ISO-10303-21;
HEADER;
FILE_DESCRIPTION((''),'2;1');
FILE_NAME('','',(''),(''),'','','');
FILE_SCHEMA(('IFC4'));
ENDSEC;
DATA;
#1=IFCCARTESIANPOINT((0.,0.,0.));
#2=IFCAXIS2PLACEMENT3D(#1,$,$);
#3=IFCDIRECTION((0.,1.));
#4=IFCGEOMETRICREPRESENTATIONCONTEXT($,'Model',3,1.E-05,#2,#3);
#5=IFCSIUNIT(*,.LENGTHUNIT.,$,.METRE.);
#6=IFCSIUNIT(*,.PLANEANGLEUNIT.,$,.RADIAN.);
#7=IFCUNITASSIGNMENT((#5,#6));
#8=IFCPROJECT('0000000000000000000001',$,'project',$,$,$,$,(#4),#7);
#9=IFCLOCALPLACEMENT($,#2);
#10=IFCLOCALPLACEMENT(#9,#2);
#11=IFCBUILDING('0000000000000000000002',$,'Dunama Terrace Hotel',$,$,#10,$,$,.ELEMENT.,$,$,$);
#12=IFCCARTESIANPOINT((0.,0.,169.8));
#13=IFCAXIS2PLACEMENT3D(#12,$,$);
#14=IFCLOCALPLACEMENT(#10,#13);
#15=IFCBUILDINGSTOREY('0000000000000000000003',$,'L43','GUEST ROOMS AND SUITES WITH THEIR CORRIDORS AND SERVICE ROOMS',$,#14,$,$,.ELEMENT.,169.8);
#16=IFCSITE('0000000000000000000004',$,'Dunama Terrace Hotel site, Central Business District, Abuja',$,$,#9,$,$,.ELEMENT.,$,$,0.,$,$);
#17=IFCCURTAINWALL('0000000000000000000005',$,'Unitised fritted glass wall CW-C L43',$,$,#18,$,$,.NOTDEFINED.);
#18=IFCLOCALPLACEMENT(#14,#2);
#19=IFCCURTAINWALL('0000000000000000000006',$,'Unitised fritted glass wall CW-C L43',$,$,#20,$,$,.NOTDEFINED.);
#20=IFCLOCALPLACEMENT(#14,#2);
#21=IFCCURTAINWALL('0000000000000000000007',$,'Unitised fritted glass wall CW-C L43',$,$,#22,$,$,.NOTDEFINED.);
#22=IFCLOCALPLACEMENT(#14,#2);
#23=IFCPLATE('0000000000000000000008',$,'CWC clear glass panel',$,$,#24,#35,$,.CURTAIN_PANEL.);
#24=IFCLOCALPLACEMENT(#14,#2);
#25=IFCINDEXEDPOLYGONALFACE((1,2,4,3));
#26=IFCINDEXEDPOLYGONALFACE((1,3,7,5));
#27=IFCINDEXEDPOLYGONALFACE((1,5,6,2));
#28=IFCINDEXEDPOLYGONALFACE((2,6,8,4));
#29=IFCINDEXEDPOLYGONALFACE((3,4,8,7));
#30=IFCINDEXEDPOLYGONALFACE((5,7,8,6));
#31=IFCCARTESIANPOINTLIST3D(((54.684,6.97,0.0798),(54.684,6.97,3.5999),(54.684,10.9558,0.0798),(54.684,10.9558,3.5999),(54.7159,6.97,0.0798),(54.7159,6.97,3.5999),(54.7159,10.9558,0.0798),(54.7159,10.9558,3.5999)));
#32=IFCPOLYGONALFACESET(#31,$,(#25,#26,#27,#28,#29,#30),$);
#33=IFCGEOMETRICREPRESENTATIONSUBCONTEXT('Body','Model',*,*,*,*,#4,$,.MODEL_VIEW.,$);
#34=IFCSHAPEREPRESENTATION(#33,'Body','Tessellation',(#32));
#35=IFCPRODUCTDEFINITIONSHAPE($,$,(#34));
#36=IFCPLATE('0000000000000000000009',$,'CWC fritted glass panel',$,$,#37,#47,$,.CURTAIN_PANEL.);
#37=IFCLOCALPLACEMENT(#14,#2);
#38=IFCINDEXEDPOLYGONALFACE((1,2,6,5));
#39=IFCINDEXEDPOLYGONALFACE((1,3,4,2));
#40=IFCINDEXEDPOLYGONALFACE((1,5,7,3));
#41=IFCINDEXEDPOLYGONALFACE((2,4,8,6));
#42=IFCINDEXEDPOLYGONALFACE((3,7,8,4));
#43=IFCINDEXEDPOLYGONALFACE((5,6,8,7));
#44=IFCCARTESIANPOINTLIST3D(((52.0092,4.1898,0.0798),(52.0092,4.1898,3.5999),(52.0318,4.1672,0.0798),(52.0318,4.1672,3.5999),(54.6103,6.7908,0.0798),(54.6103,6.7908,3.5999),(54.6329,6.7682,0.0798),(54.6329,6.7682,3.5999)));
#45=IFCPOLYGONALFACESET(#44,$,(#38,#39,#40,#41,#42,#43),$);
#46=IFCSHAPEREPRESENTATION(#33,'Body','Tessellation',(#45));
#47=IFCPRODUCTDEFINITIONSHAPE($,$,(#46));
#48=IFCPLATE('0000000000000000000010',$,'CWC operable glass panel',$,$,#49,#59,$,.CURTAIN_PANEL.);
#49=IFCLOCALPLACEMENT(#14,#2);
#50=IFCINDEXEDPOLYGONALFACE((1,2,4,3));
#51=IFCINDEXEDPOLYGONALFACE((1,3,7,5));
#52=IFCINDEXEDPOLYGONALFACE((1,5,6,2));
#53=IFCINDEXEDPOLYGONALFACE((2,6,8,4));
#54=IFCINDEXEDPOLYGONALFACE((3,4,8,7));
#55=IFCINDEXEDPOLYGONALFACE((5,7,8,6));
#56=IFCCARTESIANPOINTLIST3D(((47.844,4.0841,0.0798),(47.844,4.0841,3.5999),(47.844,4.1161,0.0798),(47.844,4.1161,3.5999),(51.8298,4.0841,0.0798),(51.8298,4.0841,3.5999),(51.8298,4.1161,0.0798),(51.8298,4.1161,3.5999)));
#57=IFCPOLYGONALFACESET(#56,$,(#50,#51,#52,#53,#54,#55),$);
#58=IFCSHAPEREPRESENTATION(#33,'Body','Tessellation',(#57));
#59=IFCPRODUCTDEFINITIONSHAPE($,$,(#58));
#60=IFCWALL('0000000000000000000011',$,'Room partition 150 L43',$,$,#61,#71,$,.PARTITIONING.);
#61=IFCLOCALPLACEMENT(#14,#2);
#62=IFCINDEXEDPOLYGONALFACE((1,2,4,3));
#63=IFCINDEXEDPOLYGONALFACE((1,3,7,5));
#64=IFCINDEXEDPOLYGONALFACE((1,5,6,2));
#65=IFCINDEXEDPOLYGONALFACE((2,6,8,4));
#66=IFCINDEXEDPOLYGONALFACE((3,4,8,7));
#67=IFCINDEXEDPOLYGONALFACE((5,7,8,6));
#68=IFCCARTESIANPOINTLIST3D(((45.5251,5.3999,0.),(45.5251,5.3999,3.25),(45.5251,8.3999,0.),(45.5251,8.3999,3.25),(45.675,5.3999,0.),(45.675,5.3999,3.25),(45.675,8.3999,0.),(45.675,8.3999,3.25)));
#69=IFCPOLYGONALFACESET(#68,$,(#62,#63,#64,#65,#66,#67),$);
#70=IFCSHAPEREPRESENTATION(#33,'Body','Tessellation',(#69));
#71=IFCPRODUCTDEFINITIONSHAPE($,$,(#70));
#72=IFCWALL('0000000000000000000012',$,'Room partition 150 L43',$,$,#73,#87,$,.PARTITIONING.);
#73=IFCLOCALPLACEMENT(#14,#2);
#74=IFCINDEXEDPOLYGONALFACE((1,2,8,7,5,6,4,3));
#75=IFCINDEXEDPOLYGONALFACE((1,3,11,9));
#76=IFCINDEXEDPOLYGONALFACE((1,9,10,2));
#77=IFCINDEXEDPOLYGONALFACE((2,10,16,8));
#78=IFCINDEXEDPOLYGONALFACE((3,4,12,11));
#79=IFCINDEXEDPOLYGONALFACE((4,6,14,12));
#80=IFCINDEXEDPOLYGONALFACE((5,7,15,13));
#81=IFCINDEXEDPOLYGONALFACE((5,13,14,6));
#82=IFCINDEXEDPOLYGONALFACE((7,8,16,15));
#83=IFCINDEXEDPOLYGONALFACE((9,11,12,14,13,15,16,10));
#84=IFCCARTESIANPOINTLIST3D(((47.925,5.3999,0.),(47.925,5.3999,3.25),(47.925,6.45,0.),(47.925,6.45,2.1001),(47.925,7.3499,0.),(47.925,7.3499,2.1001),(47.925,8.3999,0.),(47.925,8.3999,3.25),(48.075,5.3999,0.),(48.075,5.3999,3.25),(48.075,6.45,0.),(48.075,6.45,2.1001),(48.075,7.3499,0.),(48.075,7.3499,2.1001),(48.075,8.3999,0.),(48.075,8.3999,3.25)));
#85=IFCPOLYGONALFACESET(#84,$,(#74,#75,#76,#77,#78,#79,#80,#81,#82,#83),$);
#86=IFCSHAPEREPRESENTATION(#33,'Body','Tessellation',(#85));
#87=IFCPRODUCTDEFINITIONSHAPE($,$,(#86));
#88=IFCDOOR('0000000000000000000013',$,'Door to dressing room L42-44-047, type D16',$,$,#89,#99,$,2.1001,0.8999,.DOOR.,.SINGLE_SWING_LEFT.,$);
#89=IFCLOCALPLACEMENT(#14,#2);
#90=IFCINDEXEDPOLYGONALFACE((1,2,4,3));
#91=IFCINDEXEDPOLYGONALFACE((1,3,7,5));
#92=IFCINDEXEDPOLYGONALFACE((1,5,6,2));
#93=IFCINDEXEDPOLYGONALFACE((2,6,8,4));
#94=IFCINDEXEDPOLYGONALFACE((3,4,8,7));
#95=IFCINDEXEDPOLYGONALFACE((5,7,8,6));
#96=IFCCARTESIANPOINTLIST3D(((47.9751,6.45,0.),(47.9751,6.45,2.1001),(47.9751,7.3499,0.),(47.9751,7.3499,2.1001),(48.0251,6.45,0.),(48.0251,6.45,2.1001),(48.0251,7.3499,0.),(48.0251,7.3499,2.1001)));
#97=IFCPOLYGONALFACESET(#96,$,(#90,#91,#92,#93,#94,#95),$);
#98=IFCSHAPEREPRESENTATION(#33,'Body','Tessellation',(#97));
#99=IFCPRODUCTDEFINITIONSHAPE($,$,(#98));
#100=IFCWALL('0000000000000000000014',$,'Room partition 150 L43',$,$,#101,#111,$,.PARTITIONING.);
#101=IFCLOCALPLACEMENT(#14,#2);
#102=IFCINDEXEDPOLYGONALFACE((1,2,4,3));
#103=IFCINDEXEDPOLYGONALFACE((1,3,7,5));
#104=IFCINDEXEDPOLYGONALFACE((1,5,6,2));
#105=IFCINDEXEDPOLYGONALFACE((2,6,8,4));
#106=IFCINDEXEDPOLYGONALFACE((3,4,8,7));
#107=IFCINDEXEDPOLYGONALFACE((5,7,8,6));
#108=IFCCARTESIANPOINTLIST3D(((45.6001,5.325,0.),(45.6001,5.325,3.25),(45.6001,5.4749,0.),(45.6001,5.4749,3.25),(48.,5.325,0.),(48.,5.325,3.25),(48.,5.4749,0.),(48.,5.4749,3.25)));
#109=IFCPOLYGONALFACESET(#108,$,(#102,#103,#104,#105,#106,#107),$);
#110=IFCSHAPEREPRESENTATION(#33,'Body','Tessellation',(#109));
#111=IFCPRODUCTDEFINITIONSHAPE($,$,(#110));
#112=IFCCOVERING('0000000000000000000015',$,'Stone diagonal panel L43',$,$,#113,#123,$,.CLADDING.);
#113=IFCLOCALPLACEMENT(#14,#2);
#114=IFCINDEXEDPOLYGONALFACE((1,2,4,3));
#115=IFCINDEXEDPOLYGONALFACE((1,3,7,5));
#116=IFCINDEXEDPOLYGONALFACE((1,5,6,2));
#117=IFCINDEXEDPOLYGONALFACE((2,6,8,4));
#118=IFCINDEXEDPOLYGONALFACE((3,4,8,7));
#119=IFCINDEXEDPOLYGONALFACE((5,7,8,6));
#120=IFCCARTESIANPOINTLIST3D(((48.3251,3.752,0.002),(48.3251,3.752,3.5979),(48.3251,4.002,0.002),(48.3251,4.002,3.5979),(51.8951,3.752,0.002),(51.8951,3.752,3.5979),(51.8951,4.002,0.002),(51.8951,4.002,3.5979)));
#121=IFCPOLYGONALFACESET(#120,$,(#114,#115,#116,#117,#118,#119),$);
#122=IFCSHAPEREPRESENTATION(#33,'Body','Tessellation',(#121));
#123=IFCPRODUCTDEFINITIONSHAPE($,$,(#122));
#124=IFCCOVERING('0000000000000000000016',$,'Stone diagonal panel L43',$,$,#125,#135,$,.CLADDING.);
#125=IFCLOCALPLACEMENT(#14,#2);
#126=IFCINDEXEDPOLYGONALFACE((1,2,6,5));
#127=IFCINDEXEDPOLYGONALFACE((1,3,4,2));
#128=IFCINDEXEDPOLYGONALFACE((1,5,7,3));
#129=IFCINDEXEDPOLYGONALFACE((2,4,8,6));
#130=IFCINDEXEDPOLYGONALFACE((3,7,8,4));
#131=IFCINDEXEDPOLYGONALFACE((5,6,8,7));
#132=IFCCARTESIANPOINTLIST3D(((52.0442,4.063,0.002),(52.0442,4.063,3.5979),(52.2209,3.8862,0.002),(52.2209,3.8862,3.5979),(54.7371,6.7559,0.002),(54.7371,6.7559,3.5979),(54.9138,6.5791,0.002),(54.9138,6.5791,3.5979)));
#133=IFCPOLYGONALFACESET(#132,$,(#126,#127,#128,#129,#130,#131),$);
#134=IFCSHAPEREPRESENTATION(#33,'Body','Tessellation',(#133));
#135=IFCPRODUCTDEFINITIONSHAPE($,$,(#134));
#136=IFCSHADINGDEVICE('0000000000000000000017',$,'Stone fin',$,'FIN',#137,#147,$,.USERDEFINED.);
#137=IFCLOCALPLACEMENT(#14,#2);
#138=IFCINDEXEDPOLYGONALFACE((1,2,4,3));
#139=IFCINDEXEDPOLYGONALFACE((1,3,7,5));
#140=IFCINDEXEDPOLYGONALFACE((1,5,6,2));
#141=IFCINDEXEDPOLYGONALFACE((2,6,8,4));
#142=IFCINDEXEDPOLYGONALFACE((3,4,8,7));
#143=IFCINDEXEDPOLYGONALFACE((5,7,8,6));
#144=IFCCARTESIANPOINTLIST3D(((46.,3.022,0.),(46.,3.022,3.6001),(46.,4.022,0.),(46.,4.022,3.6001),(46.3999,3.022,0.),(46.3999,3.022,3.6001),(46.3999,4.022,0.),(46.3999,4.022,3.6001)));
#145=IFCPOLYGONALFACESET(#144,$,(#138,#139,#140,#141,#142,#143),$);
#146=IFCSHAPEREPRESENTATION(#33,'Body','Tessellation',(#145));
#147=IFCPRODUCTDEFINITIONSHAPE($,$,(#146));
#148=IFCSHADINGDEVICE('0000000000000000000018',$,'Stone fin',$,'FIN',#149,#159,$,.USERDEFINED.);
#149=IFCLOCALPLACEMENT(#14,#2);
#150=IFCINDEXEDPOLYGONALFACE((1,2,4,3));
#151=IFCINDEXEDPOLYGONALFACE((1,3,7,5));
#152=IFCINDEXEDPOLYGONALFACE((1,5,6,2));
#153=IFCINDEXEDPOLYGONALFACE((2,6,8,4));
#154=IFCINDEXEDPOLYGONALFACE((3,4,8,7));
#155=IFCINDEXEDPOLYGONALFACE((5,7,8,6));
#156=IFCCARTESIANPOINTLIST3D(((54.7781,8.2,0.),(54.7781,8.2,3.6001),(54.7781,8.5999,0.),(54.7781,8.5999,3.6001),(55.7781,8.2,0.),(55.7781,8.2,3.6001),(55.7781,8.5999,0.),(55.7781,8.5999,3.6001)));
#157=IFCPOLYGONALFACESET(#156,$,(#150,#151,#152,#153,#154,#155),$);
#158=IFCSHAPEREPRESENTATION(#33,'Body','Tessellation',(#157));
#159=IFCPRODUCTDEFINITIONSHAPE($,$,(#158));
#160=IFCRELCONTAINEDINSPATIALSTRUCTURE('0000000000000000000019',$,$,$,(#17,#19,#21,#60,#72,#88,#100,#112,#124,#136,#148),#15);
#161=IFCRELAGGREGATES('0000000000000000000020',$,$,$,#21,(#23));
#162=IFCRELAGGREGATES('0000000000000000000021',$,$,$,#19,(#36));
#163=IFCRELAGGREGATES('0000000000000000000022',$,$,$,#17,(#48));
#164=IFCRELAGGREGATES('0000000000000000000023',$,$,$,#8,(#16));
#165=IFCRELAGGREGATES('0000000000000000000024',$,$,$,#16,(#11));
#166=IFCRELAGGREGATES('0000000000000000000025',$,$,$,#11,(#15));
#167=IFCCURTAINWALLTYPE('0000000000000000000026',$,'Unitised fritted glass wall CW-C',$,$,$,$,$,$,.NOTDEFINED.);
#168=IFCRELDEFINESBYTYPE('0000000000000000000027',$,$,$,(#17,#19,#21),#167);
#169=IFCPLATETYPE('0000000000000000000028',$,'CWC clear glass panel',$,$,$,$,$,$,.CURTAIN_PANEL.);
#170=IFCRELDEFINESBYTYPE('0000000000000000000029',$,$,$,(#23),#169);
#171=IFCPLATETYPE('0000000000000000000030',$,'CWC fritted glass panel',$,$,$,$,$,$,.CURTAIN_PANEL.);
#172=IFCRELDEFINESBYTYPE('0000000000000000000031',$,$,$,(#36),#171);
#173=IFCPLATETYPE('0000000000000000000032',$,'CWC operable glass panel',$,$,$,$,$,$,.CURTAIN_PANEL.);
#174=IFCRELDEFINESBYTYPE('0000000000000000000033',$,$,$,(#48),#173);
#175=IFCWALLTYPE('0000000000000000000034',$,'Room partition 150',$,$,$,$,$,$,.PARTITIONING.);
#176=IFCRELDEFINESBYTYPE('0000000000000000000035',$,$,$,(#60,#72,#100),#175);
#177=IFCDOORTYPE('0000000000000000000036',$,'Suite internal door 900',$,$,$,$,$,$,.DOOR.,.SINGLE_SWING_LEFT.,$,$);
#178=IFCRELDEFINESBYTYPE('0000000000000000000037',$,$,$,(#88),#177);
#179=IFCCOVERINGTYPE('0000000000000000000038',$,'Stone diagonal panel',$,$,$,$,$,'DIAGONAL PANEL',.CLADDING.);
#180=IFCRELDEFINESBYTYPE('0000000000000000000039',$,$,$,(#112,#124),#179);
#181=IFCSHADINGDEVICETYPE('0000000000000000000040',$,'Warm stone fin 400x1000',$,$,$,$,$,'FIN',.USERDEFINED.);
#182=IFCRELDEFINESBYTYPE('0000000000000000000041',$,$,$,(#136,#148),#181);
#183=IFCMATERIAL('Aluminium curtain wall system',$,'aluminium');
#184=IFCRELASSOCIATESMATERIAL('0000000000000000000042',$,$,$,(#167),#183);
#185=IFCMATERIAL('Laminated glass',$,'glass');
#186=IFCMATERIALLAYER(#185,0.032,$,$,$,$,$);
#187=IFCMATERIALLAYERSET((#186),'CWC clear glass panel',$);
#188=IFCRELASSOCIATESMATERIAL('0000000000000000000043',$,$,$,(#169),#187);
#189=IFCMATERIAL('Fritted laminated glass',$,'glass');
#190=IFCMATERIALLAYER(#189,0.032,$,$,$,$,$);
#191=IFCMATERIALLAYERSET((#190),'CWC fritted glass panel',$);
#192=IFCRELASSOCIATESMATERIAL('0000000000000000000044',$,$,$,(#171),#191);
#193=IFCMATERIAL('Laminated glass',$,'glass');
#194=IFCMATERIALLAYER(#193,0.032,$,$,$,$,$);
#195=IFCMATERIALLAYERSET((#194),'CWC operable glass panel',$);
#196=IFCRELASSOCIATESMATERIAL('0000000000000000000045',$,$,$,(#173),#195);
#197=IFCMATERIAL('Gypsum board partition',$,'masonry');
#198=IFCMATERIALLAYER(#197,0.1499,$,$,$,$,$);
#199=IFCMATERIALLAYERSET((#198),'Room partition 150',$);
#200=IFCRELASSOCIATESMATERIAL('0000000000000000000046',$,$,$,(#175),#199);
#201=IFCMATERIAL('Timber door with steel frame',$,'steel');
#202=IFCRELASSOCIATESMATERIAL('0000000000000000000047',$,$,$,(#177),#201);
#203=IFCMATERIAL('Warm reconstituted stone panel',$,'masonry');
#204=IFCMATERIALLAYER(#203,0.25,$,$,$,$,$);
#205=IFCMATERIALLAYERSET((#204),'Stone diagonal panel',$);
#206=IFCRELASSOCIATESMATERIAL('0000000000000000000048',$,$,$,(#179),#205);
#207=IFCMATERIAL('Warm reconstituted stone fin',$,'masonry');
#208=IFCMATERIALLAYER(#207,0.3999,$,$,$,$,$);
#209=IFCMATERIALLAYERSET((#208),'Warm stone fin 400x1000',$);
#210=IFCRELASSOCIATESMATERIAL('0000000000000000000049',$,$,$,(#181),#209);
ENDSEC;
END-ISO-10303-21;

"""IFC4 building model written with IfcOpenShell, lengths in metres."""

from ifc_helpers import new_model, si_unit, direction, frame, frame_2d, origin, origin_2d, place, context, subcontext, project, spatial, rectangle, extrude, material, layer, layer_set, type_object, element, fill, aggregate, save


model = new_model("IFC4")

# Units and contexts
model_context = context("Model", 3, precision=1e-05, world=origin(), true_north=direction((0.0, 1.0)))
body_context = subcontext(model_context, "Body", "Model", "MODEL_VIEW")
ifc_project = project(units=[si_unit("LENGTHUNIT", "METRE"), si_unit("PLANEANGLEUNIT", "RADIAN")], contexts=[model_context])

# Site, building, storey
site_placement = place(None, origin())
site = spatial("IfcSite", under=ifc_project, at=site_placement, Name="Dunama Terrace Hotel site, Central Business District, Abuja", CompositionType="ELEMENT", RefElevation=0.0)
building_placement = place(site_placement, origin())
building = spatial("IfcBuilding", under=site, at=building_placement, Name="Dunama Terrace Hotel", CompositionType="ELEMENT")
storey_placement = place(building_placement, frame((0.0, 0.0, 169.8)))
storey = spatial("IfcBuildingStorey", under=building, at=storey_placement, Name="L43", Description="GUEST ROOMS AND SUITES WITH THEIR CORRIDORS AND SERVICE ROOMS", CompositionType="ELEMENT", Elevation=169.8)

# Curtain walls
ifc_material_1 = material(Name="Aluminium curtain wall system", Category="aluminium")
curtain_wall_type = type_object("IfcCurtainWallType", Name="Unitised fritted glass wall CW-C", PredefinedType="NOTDEFINED", material=ifc_material_1)
curtain_wall_1_placement = place(storey_placement, origin())
curtain_wall_1 = element("IfcCurtainWall", 1, at=curtain_wall_1_placement, inside=storey, type_object=curtain_wall_type, Name="Unitised fritted glass wall CW-C L43", PredefinedType="NOTDEFINED")
curtain_wall_2_placement = place(storey_placement, origin())
curtain_wall_2 = element("IfcCurtainWall", 2, at=curtain_wall_2_placement, inside=storey, type_object=curtain_wall_type, Name="Unitised fritted glass wall CW-C L43", PredefinedType="NOTDEFINED")

# Curtain wall
curtain_wall_3_placement = place(storey_placement, origin())
curtain_wall_3 = element("IfcCurtainWall", 3, at=curtain_wall_3_placement, inside=storey, type_object=curtain_wall_type, Name="Unitised fritted glass wall CW-C L43", PredefinedType="NOTDEFINED")

# Plates
ifc_material_2 = material(Name="Laminated glass", Category="glass")
ifc_layer_1 = layer(ifc_material_2, 0.032)
ifc_layer_set_1 = layer_set([ifc_layer_1], Name="CWC clear glass panel")
plate_type_1 = type_object("IfcPlateType", Name="CWC clear glass panel", PredefinedType="CURTAIN_PANEL", material=ifc_layer_set_1)
plate_1_placement = place(storey_placement, frame((54.7, 8.9629, 0.0798), z_axis=(0.0, 0.0, 1.0), x_axis=(0.0, 1.0, 0.0)))
plate_1 = element("IfcPlate", 4, at=plate_1_placement, type_object=plate_type_1, Name="CWC clear glass panel", PredefinedType="CURTAIN_PANEL", context=body_context, shape_type="SweptSolid", body=[
    extrude(rectangle(XDim=3.9858, YDim=0.032, at=origin_2d()), origin(), (0.0, 0.0, 1.0), 3.52),
])
aggregate(curtain_wall_3, [plate_1])
ifc_material_3 = material(Name="Fritted laminated glass", Category="glass")
ifc_layer_2 = layer(ifc_material_3, 0.032)
ifc_layer_set_2 = layer_set([ifc_layer_2], Name="CWC fritted glass panel")
plate_type_2 = type_object("IfcPlateType", Name="CWC fritted glass panel", PredefinedType="CURTAIN_PANEL", material=ifc_layer_set_2)
plate_2_placement = place(storey_placement, frame((53.321, 5.479, 0.0798), z_axis=(0.0, 0.0, 1.0), x_axis=(0.707107, 0.707107, 0.0)))
plate_2 = element("IfcPlate", 5, at=plate_2_placement, type_object=plate_type_2, Name="CWC fritted glass panel", PredefinedType="CURTAIN_PANEL", context=body_context, shape_type="SweptSolid", body=[
    extrude(rectangle(XDim=3.6785, YDim=0.032, at=origin_2d()), origin(), (0.0, 0.0, 1.0), 3.52),
])
aggregate(curtain_wall_2, [plate_2])
ifc_material_4 = material(Name="Laminated glass", Category="glass")
ifc_layer_3 = layer(ifc_material_4, 0.032)
ifc_layer_set_3 = layer_set([ifc_layer_3], Name="CWC operable glass panel")
plate_type_3 = type_object("IfcPlateType", Name="CWC operable glass panel", PredefinedType="CURTAIN_PANEL", material=ifc_layer_set_3)
plate_3_placement = place(storey_placement, frame((49.8369, 4.1001, 0.0798), z_axis=(0.0, 0.0, 1.0), x_axis=(1.0, 0.0, 0.0)))
plate_3 = element("IfcPlate", 6, at=plate_3_placement, type_object=plate_type_3, Name="CWC operable glass panel", PredefinedType="CURTAIN_PANEL", context=body_context, shape_type="SweptSolid", body=[
    extrude(rectangle(XDim=3.9858, YDim=0.032, at=origin_2d()), origin(), (0.0, 0.0, 1.0), 3.52),
])
aggregate(curtain_wall_1, [plate_3])

# Wall
ifc_material_5 = material(Name="Gypsum board partition", Category="masonry")
ifc_layer_4 = layer(ifc_material_5, 0.1499)
ifc_layer_set_4 = layer_set([ifc_layer_4], Name="Room partition 150")
wall_type = type_object("IfcWallType", Name="Room partition 150", PredefinedType="PARTITIONING", material=ifc_layer_set_4)
wall_1_placement = place(storey_placement, frame((45.6001, 5.3999, 0.0), z_axis=(0.0, 0.0, 1.0), x_axis=(0.0, 1.0, 0.0)))
element("IfcWall", 7, at=wall_1_placement, inside=storey, type_object=wall_type, Name="Room partition 150 L43", PredefinedType="PARTITIONING", context=body_context, shape_type="SweptSolid", body=[
    extrude(rectangle(XDim=3.0, YDim=0.1499, at=frame_2d((1.5, 0.0))), origin(), (0.0, 0.0, 1.0), 3.25),
])

# Wall, opening, door
wall_2_placement = place(storey_placement, frame((48.0, 5.3999, 0.0), z_axis=(0.0, 0.0, 1.0), x_axis=(0.0, 1.0, 0.0)))
wall_2 = element("IfcWall", 8, at=wall_2_placement, inside=storey, type_object=wall_type, Name="Room partition 150 L43", PredefinedType="PARTITIONING", context=body_context, shape_type="SweptSolid", body=[
    extrude(rectangle(XDim=3.0, YDim=0.1499, at=frame_2d((1.5, 0.0))), origin(), (0.0, 0.0, 1.0), 3.25),
])
opening_placement = place(wall_2_placement, frame((1.05, 0.0, 0.0)))
opening = element("IfcOpeningElement", 9, at=opening_placement, cuts=wall_2, PredefinedType="OPENING", context=body_context, shape_type="SweptSolid", body=[
    extrude(rectangle(XDim=0.8999, YDim=2.1001, at=frame_2d((0.45, 1.05))), frame((0.0, 0.085, 0.0), z_axis=(0.0, -1.0, 0.0), x_axis=(1.0, 0.0, 0.0)), (0.0, 0.0, 1.0), 0.1699),
])
ifc_material_6 = material(Name="Timber door with steel frame", Category="steel")
door_type = type_object("IfcDoorType", Name="Suite internal door 900", OperationType="SINGLE_SWING_LEFT", PredefinedType="DOOR", material=ifc_material_6)
door_placement = place(opening_placement, origin())
door = element("IfcDoor", 10, at=door_placement, inside=storey, type_object=door_type, Name="Door to dressing room L42-44-047, type D16", OperationType="SINGLE_SWING_LEFT", OverallHeight=2.1001, OverallWidth=0.8999, PredefinedType="DOOR", context=body_context, shape_type="SweptSolid", body=[
    extrude(rectangle(XDim=0.8999, YDim=2.1001, at=frame_2d((0.45, 1.05))), frame((0.0, 0.0249, 0.0), z_axis=(0.0, -1.0, 0.0), x_axis=(1.0, 0.0, 0.0)), (0.0, 0.0, 1.0), 0.05),
])
fill(opening, door)

# Wall
wall_3_placement = place(storey_placement, frame((45.6001, 5.3999, 0.0), z_axis=(0.0, 0.0, 1.0), x_axis=(1.0, 0.0, 0.0)))
element("IfcWall", 11, at=wall_3_placement, inside=storey, type_object=wall_type, Name="Room partition 150 L43", PredefinedType="PARTITIONING", context=body_context, shape_type="SweptSolid", body=[
    extrude(rectangle(XDim=2.3999, YDim=0.1499, at=frame_2d((1.2, 0.0))), origin(), (0.0, 0.0, 1.0), 3.25),
])

# Coverings
ifc_material_7 = material(Name="Warm reconstituted stone panel", Category="masonry")
ifc_layer_5 = layer(ifc_material_7, 0.25)
ifc_layer_set_5 = layer_set([ifc_layer_5], Name="Stone diagonal panel")
covering_type = type_object("IfcCoveringType", Name="Stone diagonal panel", ElementType="DIAGONAL PANEL", PredefinedType="CLADDING", material=ifc_layer_set_5)
covering_1_placement = place(storey_placement, frame((50.1101, 3.877, 0.002), z_axis=(0.0, 0.0, 1.0), x_axis=(1.0, 0.0, 0.0)))
element("IfcCovering", 12, at=covering_1_placement, inside=storey, type_object=covering_type, Name="Stone diagonal panel L43", PredefinedType="CLADDING", context=body_context, shape_type="SweptSolid", body=[
    extrude(rectangle(XDim=3.5701, YDim=0.25, at=origin_2d()), origin(), (0.0, 0.0, 1.0), 3.5959),
])
covering_2_placement = place(storey_placement, frame((53.479, 5.321, 0.002), z_axis=(0.0, 0.0, 1.0), x_axis=(0.707107, 0.707107, 0.0)))
element("IfcCovering", 13, at=covering_2_placement, inside=storey, type_object=covering_type, Name="Stone diagonal panel L43", PredefinedType="CLADDING", context=body_context, shape_type="SweptSolid", body=[
    extrude(rectangle(XDim=3.8083, YDim=0.25, at=origin_2d()), origin(), (0.0, 0.0, 1.0), 3.5959),
])

# Shading devices
ifc_material_8 = material(Name="Warm reconstituted stone fin", Category="masonry")
ifc_layer_6 = layer(ifc_material_8, 0.3999)
ifc_layer_set_6 = layer_set([ifc_layer_6], Name="Warm stone fin 400x1000")
shading_device_type = type_object("IfcShadingDeviceType", Name="Warm stone fin 400x1000", ElementType="FIN", PredefinedType="USERDEFINED", material=ifc_layer_set_6)
for number, where, z_axis, x_axis, name in (
    (14, (46.2, 3.522, 0.0), (0.0, 0.0, 1.0), (1.0, 0.0, 0.0), "Stone fin"),
    (15, (55.2781, 8.3999, 0.0), (0.0, 0.0, 1.0), (0.0, 1.0, 0.0), "Stone fin"),
):
    element("IfcShadingDevice", number, at=place(storey_placement, frame(where, z_axis=z_axis, x_axis=x_axis)), inside=storey, type_object=shading_device_type, Name=name, ObjectType="FIN", PredefinedType="USERDEFINED", context=body_context, shape_type="SweptSolid", body=[
        extrude(rectangle(XDim=0.3999, YDim=1.0, at=origin_2d()), origin(), (0.0, 0.0, 1.0), 3.6001),
    ])

save(model, "model.ifc")
